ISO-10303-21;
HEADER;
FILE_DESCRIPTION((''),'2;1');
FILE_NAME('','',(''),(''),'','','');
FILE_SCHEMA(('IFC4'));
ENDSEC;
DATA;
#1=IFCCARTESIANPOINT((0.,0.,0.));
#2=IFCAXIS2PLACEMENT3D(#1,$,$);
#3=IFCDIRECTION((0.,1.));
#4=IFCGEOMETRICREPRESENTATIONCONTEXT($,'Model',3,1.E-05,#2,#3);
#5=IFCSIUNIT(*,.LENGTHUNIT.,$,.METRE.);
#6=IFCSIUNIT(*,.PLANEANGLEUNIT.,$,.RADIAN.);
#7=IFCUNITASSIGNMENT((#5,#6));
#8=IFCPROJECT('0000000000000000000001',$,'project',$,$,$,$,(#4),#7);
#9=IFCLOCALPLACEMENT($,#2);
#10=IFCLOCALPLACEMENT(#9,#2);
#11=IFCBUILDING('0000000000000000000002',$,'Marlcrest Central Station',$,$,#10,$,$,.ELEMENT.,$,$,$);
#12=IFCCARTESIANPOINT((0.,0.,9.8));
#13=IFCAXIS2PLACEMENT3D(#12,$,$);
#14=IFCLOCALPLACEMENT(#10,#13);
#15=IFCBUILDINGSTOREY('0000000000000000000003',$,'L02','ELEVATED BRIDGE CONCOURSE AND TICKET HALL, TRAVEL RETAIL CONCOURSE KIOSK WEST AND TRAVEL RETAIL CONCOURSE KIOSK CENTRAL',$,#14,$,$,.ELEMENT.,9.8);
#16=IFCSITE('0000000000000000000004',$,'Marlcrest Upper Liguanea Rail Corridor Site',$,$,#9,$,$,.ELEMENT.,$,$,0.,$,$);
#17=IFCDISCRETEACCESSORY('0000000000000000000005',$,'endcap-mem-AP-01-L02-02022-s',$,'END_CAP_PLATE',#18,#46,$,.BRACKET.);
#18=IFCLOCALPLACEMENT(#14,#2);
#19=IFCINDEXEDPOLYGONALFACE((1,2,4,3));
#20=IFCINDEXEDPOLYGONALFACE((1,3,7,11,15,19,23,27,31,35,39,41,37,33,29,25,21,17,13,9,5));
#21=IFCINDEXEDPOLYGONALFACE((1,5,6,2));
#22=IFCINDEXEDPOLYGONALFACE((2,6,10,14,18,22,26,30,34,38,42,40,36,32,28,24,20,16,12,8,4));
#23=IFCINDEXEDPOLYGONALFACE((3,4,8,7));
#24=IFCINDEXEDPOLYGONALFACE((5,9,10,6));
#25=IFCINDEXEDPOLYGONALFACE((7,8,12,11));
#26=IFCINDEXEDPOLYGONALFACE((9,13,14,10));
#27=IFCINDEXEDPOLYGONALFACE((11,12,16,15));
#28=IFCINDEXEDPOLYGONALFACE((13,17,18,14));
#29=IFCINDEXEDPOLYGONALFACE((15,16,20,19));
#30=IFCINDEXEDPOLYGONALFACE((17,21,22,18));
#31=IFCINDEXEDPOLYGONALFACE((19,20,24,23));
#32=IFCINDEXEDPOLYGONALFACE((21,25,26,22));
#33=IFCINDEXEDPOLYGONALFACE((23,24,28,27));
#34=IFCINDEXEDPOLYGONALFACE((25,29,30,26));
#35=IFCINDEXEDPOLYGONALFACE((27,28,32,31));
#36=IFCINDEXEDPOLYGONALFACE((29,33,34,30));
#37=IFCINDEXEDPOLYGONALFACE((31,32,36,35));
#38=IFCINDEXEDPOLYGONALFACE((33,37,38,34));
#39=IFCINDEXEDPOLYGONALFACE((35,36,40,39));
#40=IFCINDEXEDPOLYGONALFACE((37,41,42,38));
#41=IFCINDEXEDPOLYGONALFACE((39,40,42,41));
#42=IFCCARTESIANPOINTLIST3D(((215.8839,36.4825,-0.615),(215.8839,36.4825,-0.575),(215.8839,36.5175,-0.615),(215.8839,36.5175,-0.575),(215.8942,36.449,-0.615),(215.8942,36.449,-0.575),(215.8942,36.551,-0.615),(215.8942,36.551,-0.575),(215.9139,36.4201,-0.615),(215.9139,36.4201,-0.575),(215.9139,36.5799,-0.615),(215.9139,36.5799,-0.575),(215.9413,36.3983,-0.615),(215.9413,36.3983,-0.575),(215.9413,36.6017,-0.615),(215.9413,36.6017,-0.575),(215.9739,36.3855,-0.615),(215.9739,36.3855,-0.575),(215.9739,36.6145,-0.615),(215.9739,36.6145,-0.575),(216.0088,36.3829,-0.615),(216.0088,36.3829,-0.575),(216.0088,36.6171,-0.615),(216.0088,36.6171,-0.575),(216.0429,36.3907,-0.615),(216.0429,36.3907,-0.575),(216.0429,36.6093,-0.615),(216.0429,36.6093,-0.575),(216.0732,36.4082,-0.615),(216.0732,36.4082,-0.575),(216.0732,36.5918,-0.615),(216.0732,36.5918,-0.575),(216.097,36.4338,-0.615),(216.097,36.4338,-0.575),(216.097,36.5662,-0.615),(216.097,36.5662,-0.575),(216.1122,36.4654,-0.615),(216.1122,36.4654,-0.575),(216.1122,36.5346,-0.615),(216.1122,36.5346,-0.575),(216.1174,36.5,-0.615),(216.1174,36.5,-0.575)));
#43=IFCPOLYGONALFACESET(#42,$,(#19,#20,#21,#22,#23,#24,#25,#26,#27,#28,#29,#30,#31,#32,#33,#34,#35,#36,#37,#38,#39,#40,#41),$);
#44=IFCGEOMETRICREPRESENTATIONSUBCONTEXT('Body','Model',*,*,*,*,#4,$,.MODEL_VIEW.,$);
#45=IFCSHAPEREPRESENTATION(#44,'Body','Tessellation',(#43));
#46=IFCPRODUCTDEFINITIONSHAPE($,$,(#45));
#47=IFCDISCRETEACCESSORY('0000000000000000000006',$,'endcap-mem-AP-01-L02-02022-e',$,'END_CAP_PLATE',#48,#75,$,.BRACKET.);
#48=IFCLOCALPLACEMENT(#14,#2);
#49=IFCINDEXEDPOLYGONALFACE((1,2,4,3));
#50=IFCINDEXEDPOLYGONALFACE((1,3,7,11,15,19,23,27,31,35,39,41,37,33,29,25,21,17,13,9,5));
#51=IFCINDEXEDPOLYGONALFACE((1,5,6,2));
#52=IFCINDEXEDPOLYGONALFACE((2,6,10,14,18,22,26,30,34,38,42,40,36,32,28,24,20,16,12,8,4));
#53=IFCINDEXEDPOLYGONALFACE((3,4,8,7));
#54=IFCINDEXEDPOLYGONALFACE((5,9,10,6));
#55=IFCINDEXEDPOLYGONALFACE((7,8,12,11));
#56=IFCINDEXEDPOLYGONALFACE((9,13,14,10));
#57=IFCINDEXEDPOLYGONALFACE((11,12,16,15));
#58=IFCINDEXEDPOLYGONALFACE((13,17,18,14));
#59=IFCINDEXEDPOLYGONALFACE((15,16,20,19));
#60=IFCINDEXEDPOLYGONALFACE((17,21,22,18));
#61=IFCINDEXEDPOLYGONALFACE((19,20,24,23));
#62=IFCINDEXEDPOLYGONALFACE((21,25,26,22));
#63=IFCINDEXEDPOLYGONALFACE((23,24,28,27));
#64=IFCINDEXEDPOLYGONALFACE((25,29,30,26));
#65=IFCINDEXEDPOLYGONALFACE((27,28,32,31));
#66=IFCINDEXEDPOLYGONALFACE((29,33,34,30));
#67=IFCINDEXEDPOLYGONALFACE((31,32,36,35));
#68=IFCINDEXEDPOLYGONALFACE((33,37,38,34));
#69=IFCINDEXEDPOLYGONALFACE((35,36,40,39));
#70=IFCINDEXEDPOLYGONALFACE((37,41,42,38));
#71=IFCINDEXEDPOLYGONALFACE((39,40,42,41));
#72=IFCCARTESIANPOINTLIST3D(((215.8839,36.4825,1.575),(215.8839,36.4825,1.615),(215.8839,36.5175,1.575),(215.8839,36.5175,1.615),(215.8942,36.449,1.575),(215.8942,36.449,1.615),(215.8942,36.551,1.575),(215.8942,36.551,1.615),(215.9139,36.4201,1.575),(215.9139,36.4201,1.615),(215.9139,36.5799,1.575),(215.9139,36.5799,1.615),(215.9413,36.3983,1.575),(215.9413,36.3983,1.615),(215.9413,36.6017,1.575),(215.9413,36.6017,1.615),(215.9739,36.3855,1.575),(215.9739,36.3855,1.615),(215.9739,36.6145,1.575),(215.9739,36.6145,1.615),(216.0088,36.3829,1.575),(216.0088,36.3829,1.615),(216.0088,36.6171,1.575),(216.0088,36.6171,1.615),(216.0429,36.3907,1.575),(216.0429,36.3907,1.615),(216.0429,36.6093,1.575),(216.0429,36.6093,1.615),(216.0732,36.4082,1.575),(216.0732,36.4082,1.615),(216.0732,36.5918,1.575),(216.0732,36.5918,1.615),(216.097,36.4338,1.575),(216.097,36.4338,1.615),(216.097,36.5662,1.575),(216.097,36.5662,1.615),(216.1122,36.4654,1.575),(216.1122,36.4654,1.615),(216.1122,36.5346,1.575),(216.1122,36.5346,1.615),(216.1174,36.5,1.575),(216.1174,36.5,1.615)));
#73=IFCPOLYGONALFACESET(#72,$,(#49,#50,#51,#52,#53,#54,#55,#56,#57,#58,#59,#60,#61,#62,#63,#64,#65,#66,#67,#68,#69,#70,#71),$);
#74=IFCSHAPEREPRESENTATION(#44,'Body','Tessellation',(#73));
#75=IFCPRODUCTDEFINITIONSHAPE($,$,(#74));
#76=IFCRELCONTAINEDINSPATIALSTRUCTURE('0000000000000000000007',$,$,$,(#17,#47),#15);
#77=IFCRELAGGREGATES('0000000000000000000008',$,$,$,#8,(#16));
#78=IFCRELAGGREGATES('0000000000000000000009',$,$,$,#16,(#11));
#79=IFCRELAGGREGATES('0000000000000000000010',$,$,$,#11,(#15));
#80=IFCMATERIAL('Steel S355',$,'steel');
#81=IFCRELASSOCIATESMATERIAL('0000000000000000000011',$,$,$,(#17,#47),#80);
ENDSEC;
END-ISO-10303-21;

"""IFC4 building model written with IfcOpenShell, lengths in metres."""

from ifc_helpers import new_model, si_unit, direction, frame, origin, origin_2d, place, context, subcontext, project, spatial, circle, extrude, material, element, save


model = new_model("IFC4")

# Units and contexts
model_context = context("Model", 3, precision=1e-05, world=origin(), true_north=direction((0.0, 1.0)))
body_context = subcontext(model_context, "Body", "Model", "MODEL_VIEW")
ifc_project = project(units=[si_unit("LENGTHUNIT", "METRE"), si_unit("PLANEANGLEUNIT", "RADIAN")], contexts=[model_context])

# Site, building, storey
site_placement = place(None, origin())
site = spatial("IfcSite", under=ifc_project, at=site_placement, Name="Marlcrest Upper Liguanea Rail Corridor Site", CompositionType="ELEMENT", RefElevation=0.0)
building_placement = place(site_placement, origin())
building = spatial("IfcBuilding", under=site, at=building_placement, Name="Marlcrest Central Station", CompositionType="ELEMENT")
storey_placement = place(building_placement, frame((0.0, 0.0, 9.8)))
storey = spatial("IfcBuildingStorey", under=building, at=storey_placement, Name="L02", Description="ELEVATED BRIDGE CONCOURSE AND TICKET HALL, TRAVEL RETAIL CONCOURSE KIOSK WEST AND TRAVEL RETAIL CONCOURSE KIOSK CENTRAL", CompositionType="ELEMENT", Elevation=9.8)

# Shared definitions
ifc_material_1 = material(Name="Steel S355", Category="steel")

# Discrete accessories
for number, where, z_axis, x_axis, name in (
    (1, (216.0, 36.5, -0.615), (0.0, 0.0, 1.0), (1.0, 0.0, 0.0), "endcap-mem-AP-01-L02-02022-s"),
    (2, (216.0, 36.5, 1.575), (0.0, 0.0, 1.0), (1.0, 0.0, 0.0), "endcap-mem-AP-01-L02-02022-e"),
):
    element("IfcDiscreteAccessory", number, at=place(storey_placement, frame(where, z_axis=z_axis, x_axis=x_axis)), inside=storey, material=ifc_material_1, Name=name, ObjectType="END_CAP_PLATE", PredefinedType="BRACKET", context=body_context, shape_type="SweptSolid", body=[
        extrude(circle(Radius=0.1174, at=origin_2d()), origin(), (0.0, 0.0, 1.0), 0.04),
    ])

save(model, "model.ifc")
